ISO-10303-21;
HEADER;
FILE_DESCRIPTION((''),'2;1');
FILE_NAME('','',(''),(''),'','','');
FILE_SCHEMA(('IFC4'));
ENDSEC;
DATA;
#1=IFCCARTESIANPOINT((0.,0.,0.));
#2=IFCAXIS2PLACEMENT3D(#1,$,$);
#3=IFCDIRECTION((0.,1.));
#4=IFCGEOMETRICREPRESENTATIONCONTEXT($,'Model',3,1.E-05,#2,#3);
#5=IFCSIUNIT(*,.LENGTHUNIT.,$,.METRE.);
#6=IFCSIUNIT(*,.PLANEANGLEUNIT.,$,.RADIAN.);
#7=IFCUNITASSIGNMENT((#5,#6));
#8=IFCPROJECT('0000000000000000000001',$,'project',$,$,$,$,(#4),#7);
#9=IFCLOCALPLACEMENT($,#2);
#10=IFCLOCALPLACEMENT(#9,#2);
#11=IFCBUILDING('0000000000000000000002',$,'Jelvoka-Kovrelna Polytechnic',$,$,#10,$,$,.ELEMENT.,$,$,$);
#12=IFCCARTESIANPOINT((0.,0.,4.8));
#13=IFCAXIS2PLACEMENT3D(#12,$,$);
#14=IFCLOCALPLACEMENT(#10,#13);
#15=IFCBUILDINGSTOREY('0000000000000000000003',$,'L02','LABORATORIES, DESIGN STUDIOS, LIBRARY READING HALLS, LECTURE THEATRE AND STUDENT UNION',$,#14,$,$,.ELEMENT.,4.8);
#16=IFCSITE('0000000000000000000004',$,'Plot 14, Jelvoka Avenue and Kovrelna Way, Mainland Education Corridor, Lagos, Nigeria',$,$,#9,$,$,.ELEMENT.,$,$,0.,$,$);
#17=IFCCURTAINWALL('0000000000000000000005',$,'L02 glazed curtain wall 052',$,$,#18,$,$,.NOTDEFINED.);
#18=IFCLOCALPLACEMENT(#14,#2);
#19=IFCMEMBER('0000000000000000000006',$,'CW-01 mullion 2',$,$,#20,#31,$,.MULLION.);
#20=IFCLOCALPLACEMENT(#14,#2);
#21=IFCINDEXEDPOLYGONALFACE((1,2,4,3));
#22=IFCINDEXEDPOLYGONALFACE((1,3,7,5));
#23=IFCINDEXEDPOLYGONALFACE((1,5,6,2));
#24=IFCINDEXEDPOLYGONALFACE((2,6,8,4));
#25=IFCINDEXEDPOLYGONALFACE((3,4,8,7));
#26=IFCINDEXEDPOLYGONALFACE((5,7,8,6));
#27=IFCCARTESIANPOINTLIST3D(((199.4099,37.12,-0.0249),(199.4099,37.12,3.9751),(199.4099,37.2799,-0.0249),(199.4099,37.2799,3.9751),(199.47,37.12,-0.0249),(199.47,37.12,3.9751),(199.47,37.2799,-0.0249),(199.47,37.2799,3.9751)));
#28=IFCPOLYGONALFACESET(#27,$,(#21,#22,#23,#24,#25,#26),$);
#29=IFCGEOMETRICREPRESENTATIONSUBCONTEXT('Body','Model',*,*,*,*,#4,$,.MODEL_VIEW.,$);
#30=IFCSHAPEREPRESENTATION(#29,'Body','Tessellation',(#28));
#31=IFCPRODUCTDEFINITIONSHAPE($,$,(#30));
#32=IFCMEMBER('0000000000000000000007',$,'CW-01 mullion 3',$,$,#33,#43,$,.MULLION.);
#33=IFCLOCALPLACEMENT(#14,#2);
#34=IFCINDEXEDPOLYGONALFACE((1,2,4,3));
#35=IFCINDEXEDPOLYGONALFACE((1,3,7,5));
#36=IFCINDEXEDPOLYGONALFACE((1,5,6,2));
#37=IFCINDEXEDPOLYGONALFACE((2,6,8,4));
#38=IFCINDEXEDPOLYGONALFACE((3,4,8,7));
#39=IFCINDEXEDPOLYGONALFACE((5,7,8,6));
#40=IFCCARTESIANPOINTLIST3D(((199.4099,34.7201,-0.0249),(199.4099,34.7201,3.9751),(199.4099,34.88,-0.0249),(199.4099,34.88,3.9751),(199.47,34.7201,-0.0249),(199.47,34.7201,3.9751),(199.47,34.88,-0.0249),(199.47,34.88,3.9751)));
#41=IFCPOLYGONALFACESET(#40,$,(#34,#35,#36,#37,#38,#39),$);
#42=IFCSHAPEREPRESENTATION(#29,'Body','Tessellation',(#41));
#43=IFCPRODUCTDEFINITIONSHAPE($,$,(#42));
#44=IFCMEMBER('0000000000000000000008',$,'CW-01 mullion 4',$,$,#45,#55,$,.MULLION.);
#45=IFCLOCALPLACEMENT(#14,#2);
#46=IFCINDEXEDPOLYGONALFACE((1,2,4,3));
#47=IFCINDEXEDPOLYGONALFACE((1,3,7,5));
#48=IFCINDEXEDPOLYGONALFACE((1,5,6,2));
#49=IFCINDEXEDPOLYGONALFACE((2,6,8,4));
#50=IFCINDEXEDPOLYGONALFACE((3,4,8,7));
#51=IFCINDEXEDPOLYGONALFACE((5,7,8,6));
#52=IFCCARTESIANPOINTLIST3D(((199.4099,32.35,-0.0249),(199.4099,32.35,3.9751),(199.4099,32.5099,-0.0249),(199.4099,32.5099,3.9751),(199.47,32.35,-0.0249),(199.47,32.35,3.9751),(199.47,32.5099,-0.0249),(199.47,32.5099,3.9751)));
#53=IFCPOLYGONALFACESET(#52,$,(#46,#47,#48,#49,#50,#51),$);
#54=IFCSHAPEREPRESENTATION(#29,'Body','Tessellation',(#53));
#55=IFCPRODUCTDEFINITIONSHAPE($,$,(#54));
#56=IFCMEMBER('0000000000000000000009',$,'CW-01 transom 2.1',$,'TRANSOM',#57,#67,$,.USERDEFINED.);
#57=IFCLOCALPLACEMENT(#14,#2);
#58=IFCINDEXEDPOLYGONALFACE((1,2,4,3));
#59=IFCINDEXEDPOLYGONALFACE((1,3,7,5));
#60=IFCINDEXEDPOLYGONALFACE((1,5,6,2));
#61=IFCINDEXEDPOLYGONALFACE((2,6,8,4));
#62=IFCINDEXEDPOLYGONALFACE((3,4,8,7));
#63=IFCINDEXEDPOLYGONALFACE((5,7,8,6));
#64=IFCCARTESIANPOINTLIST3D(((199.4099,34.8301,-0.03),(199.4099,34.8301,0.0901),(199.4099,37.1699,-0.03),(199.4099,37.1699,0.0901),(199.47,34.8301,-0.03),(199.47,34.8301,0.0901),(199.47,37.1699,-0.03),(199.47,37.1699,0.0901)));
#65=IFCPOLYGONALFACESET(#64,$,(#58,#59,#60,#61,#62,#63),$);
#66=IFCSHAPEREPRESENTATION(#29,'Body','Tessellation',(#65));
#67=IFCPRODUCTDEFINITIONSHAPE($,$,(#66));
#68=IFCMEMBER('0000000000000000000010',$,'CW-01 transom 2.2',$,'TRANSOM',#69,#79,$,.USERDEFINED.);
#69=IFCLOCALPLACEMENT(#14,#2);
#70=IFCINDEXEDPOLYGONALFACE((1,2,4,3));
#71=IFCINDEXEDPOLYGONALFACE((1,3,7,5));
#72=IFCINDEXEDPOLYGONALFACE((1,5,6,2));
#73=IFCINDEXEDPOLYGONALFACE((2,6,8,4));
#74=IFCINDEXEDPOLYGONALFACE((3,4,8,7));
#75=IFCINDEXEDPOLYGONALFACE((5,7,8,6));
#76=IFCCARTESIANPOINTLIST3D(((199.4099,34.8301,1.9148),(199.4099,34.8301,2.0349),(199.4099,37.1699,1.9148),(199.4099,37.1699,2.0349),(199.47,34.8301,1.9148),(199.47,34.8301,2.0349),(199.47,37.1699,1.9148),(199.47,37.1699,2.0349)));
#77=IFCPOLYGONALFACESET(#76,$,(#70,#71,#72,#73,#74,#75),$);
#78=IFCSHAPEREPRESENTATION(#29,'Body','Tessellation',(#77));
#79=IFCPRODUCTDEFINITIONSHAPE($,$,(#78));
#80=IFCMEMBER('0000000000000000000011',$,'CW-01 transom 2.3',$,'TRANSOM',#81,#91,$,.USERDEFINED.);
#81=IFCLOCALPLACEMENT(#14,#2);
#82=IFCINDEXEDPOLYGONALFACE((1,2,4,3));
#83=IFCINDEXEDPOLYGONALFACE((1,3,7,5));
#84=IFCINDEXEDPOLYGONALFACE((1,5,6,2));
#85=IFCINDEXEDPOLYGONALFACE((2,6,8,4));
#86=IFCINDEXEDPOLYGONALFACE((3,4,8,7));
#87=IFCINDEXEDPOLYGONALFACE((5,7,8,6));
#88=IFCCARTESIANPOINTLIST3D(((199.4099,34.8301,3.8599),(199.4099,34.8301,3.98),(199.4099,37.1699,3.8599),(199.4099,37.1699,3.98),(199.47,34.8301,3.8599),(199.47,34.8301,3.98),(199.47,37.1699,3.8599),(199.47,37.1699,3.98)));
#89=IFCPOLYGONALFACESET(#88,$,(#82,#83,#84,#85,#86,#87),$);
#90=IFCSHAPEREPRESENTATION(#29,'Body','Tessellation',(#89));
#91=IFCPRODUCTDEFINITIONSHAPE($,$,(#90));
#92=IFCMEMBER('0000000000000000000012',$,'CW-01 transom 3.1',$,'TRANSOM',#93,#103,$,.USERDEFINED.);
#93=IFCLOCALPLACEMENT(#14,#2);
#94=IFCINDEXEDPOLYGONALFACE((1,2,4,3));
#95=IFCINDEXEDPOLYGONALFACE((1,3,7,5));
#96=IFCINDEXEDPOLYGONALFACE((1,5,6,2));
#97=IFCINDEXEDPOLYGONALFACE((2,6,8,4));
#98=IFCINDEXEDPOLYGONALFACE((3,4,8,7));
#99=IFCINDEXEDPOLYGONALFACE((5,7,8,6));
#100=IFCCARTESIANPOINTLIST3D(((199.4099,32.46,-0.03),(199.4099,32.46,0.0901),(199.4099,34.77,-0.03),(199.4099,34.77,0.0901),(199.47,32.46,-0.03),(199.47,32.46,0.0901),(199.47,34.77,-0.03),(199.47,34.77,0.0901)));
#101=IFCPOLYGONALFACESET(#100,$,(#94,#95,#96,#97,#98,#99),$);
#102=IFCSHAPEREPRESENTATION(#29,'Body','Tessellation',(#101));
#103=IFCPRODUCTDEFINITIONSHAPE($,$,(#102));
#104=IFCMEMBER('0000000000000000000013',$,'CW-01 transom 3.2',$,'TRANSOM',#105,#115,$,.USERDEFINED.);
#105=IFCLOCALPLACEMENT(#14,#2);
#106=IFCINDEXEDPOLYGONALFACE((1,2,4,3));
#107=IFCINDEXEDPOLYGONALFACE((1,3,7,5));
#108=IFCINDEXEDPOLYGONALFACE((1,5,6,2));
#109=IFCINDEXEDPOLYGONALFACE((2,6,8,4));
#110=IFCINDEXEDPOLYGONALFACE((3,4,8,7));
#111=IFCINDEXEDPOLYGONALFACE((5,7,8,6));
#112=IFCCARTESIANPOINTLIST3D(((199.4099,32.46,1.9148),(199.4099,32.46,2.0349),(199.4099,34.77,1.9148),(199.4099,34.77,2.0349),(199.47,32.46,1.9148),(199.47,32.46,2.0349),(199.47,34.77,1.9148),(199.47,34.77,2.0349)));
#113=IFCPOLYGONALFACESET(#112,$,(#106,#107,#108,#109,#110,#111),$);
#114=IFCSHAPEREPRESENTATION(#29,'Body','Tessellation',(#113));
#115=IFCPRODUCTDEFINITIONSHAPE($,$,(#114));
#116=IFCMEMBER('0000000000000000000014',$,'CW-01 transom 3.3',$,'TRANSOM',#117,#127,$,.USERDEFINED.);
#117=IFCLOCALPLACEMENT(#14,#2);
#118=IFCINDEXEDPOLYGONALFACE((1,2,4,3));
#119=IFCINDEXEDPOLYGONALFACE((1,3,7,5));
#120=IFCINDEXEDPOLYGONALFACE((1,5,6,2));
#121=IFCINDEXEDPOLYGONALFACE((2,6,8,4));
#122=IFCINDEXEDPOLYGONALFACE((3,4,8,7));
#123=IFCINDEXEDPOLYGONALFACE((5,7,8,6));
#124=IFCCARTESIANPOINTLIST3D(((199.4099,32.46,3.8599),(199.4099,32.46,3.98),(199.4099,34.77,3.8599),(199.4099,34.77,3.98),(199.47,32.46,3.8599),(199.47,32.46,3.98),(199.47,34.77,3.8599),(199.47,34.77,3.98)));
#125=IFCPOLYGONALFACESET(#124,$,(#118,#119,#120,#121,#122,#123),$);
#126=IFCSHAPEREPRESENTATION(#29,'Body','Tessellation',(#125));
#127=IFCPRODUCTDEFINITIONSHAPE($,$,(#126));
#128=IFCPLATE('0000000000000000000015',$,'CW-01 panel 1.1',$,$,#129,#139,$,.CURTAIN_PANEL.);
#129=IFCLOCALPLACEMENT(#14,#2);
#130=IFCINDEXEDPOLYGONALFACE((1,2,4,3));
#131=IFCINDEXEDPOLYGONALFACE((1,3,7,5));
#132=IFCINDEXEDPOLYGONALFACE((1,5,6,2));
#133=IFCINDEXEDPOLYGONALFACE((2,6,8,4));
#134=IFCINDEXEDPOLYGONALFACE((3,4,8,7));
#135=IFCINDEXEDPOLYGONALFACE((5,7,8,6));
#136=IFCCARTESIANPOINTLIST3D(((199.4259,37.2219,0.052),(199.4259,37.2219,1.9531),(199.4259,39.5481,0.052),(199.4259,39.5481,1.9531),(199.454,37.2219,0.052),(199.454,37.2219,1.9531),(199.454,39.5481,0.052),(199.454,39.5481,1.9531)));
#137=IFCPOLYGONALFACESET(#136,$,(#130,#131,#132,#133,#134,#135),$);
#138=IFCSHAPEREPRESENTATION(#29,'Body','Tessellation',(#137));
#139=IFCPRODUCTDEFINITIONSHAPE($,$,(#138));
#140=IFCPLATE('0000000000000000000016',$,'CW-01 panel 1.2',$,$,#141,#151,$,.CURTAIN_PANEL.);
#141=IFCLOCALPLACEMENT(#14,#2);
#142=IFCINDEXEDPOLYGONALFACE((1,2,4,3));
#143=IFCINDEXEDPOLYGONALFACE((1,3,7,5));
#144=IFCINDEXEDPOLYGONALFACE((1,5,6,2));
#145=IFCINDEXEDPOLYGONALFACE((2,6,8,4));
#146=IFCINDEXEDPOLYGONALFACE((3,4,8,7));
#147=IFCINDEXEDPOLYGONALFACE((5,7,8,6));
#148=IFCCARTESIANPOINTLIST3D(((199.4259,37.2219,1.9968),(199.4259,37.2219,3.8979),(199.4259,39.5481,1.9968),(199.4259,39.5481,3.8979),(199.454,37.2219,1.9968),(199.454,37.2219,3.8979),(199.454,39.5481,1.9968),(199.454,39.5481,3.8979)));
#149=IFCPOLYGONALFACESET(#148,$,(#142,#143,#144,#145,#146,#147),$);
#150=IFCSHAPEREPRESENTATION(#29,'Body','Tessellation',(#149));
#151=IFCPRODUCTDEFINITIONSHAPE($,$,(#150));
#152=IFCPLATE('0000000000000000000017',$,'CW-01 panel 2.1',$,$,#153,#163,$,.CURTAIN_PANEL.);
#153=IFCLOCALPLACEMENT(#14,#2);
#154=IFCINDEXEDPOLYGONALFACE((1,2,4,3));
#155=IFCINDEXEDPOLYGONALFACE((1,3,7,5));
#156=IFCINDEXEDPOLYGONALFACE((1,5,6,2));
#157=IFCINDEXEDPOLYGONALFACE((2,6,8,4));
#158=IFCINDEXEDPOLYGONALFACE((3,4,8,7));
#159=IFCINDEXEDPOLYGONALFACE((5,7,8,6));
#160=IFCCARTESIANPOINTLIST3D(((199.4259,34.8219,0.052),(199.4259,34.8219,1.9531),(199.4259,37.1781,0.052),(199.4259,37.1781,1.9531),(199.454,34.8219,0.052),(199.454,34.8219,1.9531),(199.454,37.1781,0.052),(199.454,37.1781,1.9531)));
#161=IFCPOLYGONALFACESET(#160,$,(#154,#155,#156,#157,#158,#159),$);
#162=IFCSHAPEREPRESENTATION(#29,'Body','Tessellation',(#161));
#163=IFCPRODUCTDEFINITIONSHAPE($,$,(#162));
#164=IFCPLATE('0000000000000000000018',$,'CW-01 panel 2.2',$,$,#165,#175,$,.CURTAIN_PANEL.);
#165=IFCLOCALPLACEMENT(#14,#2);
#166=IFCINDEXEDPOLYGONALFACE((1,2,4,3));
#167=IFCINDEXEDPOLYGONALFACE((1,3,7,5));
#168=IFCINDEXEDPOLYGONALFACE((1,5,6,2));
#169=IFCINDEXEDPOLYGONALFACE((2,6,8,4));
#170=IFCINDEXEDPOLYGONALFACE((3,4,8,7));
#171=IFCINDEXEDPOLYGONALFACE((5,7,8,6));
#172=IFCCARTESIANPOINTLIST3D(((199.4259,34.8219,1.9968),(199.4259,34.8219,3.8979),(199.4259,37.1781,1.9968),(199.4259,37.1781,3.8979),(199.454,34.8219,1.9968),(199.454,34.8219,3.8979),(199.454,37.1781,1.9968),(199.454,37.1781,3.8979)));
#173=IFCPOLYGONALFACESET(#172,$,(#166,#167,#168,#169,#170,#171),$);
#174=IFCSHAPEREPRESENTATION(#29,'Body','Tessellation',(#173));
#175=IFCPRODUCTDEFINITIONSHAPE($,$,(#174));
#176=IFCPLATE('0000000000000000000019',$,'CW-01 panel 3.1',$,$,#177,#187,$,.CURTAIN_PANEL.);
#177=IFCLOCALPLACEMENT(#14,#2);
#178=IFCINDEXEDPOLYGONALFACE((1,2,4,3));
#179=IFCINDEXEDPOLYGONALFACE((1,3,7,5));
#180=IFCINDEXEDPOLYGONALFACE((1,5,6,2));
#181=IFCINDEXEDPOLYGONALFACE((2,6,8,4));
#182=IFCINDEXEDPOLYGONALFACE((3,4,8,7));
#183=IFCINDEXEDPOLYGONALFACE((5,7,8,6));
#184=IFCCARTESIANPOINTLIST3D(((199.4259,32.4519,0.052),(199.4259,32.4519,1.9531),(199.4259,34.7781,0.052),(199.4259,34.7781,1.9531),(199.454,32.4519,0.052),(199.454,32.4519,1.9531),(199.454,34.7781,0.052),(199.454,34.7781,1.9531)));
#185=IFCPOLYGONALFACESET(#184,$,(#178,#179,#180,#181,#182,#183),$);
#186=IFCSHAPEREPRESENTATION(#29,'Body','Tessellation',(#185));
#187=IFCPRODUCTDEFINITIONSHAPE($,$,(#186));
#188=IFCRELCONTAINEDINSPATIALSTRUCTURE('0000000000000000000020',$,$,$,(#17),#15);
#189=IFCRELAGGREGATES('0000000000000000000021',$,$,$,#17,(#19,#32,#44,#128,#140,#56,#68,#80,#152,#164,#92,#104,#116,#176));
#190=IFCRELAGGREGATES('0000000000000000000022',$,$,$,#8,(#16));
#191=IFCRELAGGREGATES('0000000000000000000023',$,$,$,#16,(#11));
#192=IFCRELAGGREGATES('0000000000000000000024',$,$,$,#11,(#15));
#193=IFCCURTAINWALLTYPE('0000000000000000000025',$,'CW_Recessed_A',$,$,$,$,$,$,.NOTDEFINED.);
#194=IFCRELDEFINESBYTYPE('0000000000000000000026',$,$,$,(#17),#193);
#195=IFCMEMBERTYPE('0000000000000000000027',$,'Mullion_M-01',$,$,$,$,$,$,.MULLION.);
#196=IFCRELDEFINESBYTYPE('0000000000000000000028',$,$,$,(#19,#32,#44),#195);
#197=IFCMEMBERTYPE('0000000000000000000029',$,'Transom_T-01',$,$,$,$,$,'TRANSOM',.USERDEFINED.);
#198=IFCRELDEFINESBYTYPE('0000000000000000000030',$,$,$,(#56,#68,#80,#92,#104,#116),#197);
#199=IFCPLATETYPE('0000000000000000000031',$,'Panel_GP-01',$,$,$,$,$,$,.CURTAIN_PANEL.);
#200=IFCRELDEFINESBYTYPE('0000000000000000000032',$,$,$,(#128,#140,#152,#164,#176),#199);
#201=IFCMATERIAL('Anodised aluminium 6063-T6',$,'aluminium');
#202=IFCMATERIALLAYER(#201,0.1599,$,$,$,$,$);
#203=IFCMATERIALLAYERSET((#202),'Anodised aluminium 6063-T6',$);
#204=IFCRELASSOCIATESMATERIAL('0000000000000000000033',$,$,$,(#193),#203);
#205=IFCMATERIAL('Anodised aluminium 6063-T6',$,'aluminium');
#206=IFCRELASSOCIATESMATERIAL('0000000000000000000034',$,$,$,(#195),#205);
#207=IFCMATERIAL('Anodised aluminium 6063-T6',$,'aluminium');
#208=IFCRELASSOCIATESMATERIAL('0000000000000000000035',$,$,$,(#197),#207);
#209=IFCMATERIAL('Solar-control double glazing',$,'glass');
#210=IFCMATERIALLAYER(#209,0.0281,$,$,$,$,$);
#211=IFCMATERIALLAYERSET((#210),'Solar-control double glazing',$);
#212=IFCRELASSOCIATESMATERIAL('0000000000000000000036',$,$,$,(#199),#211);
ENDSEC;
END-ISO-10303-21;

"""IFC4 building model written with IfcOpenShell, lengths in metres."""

from ifc_helpers import new_model, si_unit, direction, frame, origin, origin_2d, place, context, subcontext, project, spatial, rectangle, extrude, material, layer, layer_set, material_profile, profile_set, type_object, element, aggregate, save


model = new_model("IFC4")

# Units and contexts
model_context = context("Model", 3, precision=1e-05, world=origin(), true_north=direction((0.0, 1.0)))
body_context = subcontext(model_context, "Body", "Model", "MODEL_VIEW")
ifc_project = project(units=[si_unit("LENGTHUNIT", "METRE"), si_unit("PLANEANGLEUNIT", "RADIAN")], contexts=[model_context])

# Site, building, storey
site_placement = place(None, origin())
site = spatial("IfcSite", under=ifc_project, at=site_placement, Name="Plot 14, Jelvoka Avenue and Kovrelna Way, Mainland Education Corridor, Lagos, Nigeria", CompositionType="ELEMENT", RefElevation=0.0)
building_placement = place(site_placement, origin())
building = spatial("IfcBuilding", under=site, at=building_placement, Name="Jelvoka-Kovrelna Polytechnic", CompositionType="ELEMENT")
storey_placement = place(building_placement, frame((0.0, 0.0, 4.8)))
storey = spatial("IfcBuildingStorey", under=building, at=storey_placement, Name="L02", Description="LABORATORIES, DESIGN STUDIOS, LIBRARY READING HALLS, LECTURE THEATRE AND STUDENT UNION", CompositionType="ELEMENT", Elevation=4.8)

# Curtain wall, members, plates
ifc_material_1 = material(Name="Anodised aluminium 6063-T6", Category="aluminium")
ifc_layer_1 = layer(ifc_material_1, 0.1599)
ifc_layer_set_1 = layer_set([ifc_layer_1], Name="Anodised aluminium 6063-T6")
curtain_wall_type = type_object("IfcCurtainWallType", Name="CW_Recessed_A", PredefinedType="NOTDEFINED", material=ifc_layer_set_1)
curtain_wall_placement = place(storey_placement, origin())
curtain_wall = element("IfcCurtainWall", 1, at=curtain_wall_placement, inside=storey, type_object=curtain_wall_type, Name="L02 glazed curtain wall 052", PredefinedType="NOTDEFINED")
ifc_material_2 = material(Name="Anodised aluminium 6063-T6", Category="aluminium")
ifc_material_profile_1 = material_profile(ifc_material_2, rectangle(XDim=0.0601, YDim=0.1599, at=origin_2d()), Name="ALU 60x160")
ifc_profile_set_1 = profile_set([ifc_material_profile_1], Name="Anodised aluminium 6063-T6")
member_type_1 = type_object("IfcMemberType", Name="Mullion_M-01", PredefinedType="MULLION", material=ifc_profile_set_1)
member_1_placement = place(storey_placement, frame((199.4399, 37.2, -0.0249), z_axis=(0.0, 0.0, 1.0), x_axis=(1.0, 0.0, 0.0)))
member_1 = element("IfcMember", 2, at=member_1_placement, type_object=member_type_1, Name="CW-01 mullion 2", PredefinedType="MULLION", context=body_context, shape_type="SweptSolid", body=[
    extrude(rectangle(XDim=0.0601, YDim=0.1599, at=origin_2d()), origin(), (0.0, 0.0, 1.0), 4.0),
])
member_2_placement = place(storey_placement, frame((199.4399, 34.8, -0.0249), z_axis=(0.0, 0.0, 1.0), x_axis=(1.0, 0.0, 0.0)))
member_2 = element("IfcMember", 3, at=member_2_placement, type_object=member_type_1, Name="CW-01 mullion 3", PredefinedType="MULLION", context=body_context, shape_type="SweptSolid", body=[
    extrude(rectangle(XDim=0.0601, YDim=0.1599, at=origin_2d()), origin(), (0.0, 0.0, 1.0), 4.0),
])
member_3_placement = place(storey_placement, frame((199.4399, 32.4299, -0.0249), z_axis=(0.0, 0.0, 1.0), x_axis=(1.0, 0.0, 0.0)))
member_3 = element("IfcMember", 4, at=member_3_placement, type_object=member_type_1, Name="CW-01 mullion 4", PredefinedType="MULLION", context=body_context, shape_type="SweptSolid", body=[
    extrude(rectangle(XDim=0.0601, YDim=0.1599, at=origin_2d()), origin(), (0.0, 0.0, 1.0), 4.0),
])
ifc_material_3 = material(Name="Anodised aluminium 6063-T6", Category="aluminium")
ifc_material_profile_2 = material_profile(ifc_material_3, rectangle(XDim=0.0601, YDim=0.1201, at=origin_2d()), Name="ALU 60x120")
ifc_profile_set_2 = profile_set([ifc_material_profile_2], Name="Anodised aluminium 6063-T6")
member_type_2 = type_object("IfcMemberType", Name="Transom_T-01", ElementType="TRANSOM", PredefinedType="USERDEFINED", material=ifc_profile_set_2)
member_4_placement = place(storey_placement, frame((199.4399, 37.1699, 0.03), z_axis=(0.0, -1.0, 0.0), x_axis=(1.0, 0.0, 0.0)))
member_4 = element("IfcMember", 5, at=member_4_placement, type_object=member_type_2, Name="CW-01 transom 2.1", ObjectType="TRANSOM", PredefinedType="USERDEFINED", context=body_context, shape_type="SweptSolid", body=[
    extrude(rectangle(XDim=0.0601, YDim=0.1201, at=origin_2d()), origin(), (0.0, 0.0, 1.0), 2.3398),
])
member_5_placement = place(storey_placement, frame((199.4399, 37.1699, 1.9749), z_axis=(0.0, -1.0, 0.0), x_axis=(1.0, 0.0, 0.0)))
member_5 = element("IfcMember", 6, at=member_5_placement, type_object=member_type_2, Name="CW-01 transom 2.2", ObjectType="TRANSOM", PredefinedType="USERDEFINED", context=body_context, shape_type="SweptSolid", body=[
    extrude(rectangle(XDim=0.0601, YDim=0.1201, at=origin_2d()), origin(), (0.0, 0.0, 1.0), 2.3398),
])
member_6_placement = place(storey_placement, frame((199.4399, 37.1699, 3.9199), z_axis=(0.0, -1.0, 0.0), x_axis=(1.0, 0.0, 0.0)))
member_6 = element("IfcMember", 7, at=member_6_placement, type_object=member_type_2, Name="CW-01 transom 2.3", ObjectType="TRANSOM", PredefinedType="USERDEFINED", context=body_context, shape_type="SweptSolid", body=[
    extrude(rectangle(XDim=0.0601, YDim=0.1201, at=origin_2d()), origin(), (0.0, 0.0, 1.0), 2.3398),
])
member_7_placement = place(storey_placement, frame((199.4399, 34.77, 0.03), z_axis=(0.0, -1.0, 0.0), x_axis=(1.0, 0.0, 0.0)))
member_7 = element("IfcMember", 8, at=member_7_placement, type_object=member_type_2, Name="CW-01 transom 3.1", ObjectType="TRANSOM", PredefinedType="USERDEFINED", context=body_context, shape_type="SweptSolid", body=[
    extrude(rectangle(XDim=0.0601, YDim=0.1201, at=origin_2d()), origin(), (0.0, 0.0, 1.0), 2.3101),
])
member_8_placement = place(storey_placement, frame((199.4399, 34.77, 1.9749), z_axis=(0.0, -1.0, 0.0), x_axis=(1.0, 0.0, 0.0)))
member_8 = element("IfcMember", 9, at=member_8_placement, type_object=member_type_2, Name="CW-01 transom 3.2", ObjectType="TRANSOM", PredefinedType="USERDEFINED", context=body_context, shape_type="SweptSolid", body=[
    extrude(rectangle(XDim=0.0601, YDim=0.1201, at=origin_2d()), origin(), (0.0, 0.0, 1.0), 2.3101),
])
member_9_placement = place(storey_placement, frame((199.4399, 34.77, 3.9199), z_axis=(0.0, -1.0, 0.0), x_axis=(1.0, 0.0, 0.0)))
member_9 = element("IfcMember", 10, at=member_9_placement, type_object=member_type_2, Name="CW-01 transom 3.3", ObjectType="TRANSOM", PredefinedType="USERDEFINED", context=body_context, shape_type="SweptSolid", body=[
    extrude(rectangle(XDim=0.0601, YDim=0.1201, at=origin_2d()), origin(), (0.0, 0.0, 1.0), 2.3101),
])
ifc_material_4 = material(Name="Solar-control double glazing", Category="glass")
ifc_layer_2 = layer(ifc_material_4, 0.0281)
ifc_layer_set_2 = layer_set([ifc_layer_2], Name="Solar-control double glazing")
plate_type = type_object("IfcPlateType", Name="Panel_GP-01", PredefinedType="CURTAIN_PANEL", material=ifc_layer_set_2)
plate_1_placement = place(storey_placement, frame((199.4399, 38.385, 0.052), z_axis=(0.0, 0.0, 1.0), x_axis=(0.0, -1.0, 0.0)))
plate_1 = element("IfcPlate", 11, at=plate_1_placement, type_object=plate_type, Name="CW-01 panel 1.1", PredefinedType="CURTAIN_PANEL", context=body_context, shape_type="SweptSolid", body=[
    extrude(rectangle(XDim=2.3262, YDim=0.0281, at=origin_2d()), origin(), (0.0, 0.0, 1.0), 1.9011),
])
plate_2_placement = place(storey_placement, frame((199.4399, 38.385, 1.9968), z_axis=(0.0, 0.0, 1.0), x_axis=(0.0, -1.0, 0.0)))
plate_2 = element("IfcPlate", 12, at=plate_2_placement, type_object=plate_type, Name="CW-01 panel 1.2", PredefinedType="CURTAIN_PANEL", context=body_context, shape_type="SweptSolid", body=[
    extrude(rectangle(XDim=2.3262, YDim=0.0281, at=origin_2d()), origin(), (0.0, 0.0, 1.0), 1.9011),
])
plate_3_placement = place(storey_placement, frame((199.4399, 36.0, 0.052), z_axis=(0.0, 0.0, 1.0), x_axis=(0.0, -1.0, 0.0)))
plate_3 = element("IfcPlate", 13, at=plate_3_placement, type_object=plate_type, Name="CW-01 panel 2.1", PredefinedType="CURTAIN_PANEL", context=body_context, shape_type="SweptSolid", body=[
    extrude(rectangle(XDim=2.3562, YDim=0.0281, at=origin_2d()), origin(), (0.0, 0.0, 1.0), 1.9011),
])
plate_4_placement = place(storey_placement, frame((199.4399, 36.0, 1.9968), z_axis=(0.0, 0.0, 1.0), x_axis=(0.0, -1.0, 0.0)))
plate_4 = element("IfcPlate", 14, at=plate_4_placement, type_object=plate_type, Name="CW-01 panel 2.2", PredefinedType="CURTAIN_PANEL", context=body_context, shape_type="SweptSolid", body=[
    extrude(rectangle(XDim=2.3562, YDim=0.0281, at=origin_2d()), origin(), (0.0, 0.0, 1.0), 1.9011),
])
plate_5_placement = place(storey_placement, frame((199.4399, 33.615, 0.052), z_axis=(0.0, 0.0, 1.0), x_axis=(0.0, -1.0, 0.0)))
plate_5 = element("IfcPlate", 15, at=plate_5_placement, type_object=plate_type, Name="CW-01 panel 3.1", PredefinedType="CURTAIN_PANEL", context=body_context, shape_type="SweptSolid", body=[
    extrude(rectangle(XDim=2.3262, YDim=0.0281, at=origin_2d()), origin(), (0.0, 0.0, 1.0), 1.9011),
])
aggregate(curtain_wall, [member_1, member_2, member_3, plate_1, plate_2, member_4, member_5, member_6, plate_3, plate_4, member_7, member_8, member_9, plate_5])

save(model, "model.ifc")
